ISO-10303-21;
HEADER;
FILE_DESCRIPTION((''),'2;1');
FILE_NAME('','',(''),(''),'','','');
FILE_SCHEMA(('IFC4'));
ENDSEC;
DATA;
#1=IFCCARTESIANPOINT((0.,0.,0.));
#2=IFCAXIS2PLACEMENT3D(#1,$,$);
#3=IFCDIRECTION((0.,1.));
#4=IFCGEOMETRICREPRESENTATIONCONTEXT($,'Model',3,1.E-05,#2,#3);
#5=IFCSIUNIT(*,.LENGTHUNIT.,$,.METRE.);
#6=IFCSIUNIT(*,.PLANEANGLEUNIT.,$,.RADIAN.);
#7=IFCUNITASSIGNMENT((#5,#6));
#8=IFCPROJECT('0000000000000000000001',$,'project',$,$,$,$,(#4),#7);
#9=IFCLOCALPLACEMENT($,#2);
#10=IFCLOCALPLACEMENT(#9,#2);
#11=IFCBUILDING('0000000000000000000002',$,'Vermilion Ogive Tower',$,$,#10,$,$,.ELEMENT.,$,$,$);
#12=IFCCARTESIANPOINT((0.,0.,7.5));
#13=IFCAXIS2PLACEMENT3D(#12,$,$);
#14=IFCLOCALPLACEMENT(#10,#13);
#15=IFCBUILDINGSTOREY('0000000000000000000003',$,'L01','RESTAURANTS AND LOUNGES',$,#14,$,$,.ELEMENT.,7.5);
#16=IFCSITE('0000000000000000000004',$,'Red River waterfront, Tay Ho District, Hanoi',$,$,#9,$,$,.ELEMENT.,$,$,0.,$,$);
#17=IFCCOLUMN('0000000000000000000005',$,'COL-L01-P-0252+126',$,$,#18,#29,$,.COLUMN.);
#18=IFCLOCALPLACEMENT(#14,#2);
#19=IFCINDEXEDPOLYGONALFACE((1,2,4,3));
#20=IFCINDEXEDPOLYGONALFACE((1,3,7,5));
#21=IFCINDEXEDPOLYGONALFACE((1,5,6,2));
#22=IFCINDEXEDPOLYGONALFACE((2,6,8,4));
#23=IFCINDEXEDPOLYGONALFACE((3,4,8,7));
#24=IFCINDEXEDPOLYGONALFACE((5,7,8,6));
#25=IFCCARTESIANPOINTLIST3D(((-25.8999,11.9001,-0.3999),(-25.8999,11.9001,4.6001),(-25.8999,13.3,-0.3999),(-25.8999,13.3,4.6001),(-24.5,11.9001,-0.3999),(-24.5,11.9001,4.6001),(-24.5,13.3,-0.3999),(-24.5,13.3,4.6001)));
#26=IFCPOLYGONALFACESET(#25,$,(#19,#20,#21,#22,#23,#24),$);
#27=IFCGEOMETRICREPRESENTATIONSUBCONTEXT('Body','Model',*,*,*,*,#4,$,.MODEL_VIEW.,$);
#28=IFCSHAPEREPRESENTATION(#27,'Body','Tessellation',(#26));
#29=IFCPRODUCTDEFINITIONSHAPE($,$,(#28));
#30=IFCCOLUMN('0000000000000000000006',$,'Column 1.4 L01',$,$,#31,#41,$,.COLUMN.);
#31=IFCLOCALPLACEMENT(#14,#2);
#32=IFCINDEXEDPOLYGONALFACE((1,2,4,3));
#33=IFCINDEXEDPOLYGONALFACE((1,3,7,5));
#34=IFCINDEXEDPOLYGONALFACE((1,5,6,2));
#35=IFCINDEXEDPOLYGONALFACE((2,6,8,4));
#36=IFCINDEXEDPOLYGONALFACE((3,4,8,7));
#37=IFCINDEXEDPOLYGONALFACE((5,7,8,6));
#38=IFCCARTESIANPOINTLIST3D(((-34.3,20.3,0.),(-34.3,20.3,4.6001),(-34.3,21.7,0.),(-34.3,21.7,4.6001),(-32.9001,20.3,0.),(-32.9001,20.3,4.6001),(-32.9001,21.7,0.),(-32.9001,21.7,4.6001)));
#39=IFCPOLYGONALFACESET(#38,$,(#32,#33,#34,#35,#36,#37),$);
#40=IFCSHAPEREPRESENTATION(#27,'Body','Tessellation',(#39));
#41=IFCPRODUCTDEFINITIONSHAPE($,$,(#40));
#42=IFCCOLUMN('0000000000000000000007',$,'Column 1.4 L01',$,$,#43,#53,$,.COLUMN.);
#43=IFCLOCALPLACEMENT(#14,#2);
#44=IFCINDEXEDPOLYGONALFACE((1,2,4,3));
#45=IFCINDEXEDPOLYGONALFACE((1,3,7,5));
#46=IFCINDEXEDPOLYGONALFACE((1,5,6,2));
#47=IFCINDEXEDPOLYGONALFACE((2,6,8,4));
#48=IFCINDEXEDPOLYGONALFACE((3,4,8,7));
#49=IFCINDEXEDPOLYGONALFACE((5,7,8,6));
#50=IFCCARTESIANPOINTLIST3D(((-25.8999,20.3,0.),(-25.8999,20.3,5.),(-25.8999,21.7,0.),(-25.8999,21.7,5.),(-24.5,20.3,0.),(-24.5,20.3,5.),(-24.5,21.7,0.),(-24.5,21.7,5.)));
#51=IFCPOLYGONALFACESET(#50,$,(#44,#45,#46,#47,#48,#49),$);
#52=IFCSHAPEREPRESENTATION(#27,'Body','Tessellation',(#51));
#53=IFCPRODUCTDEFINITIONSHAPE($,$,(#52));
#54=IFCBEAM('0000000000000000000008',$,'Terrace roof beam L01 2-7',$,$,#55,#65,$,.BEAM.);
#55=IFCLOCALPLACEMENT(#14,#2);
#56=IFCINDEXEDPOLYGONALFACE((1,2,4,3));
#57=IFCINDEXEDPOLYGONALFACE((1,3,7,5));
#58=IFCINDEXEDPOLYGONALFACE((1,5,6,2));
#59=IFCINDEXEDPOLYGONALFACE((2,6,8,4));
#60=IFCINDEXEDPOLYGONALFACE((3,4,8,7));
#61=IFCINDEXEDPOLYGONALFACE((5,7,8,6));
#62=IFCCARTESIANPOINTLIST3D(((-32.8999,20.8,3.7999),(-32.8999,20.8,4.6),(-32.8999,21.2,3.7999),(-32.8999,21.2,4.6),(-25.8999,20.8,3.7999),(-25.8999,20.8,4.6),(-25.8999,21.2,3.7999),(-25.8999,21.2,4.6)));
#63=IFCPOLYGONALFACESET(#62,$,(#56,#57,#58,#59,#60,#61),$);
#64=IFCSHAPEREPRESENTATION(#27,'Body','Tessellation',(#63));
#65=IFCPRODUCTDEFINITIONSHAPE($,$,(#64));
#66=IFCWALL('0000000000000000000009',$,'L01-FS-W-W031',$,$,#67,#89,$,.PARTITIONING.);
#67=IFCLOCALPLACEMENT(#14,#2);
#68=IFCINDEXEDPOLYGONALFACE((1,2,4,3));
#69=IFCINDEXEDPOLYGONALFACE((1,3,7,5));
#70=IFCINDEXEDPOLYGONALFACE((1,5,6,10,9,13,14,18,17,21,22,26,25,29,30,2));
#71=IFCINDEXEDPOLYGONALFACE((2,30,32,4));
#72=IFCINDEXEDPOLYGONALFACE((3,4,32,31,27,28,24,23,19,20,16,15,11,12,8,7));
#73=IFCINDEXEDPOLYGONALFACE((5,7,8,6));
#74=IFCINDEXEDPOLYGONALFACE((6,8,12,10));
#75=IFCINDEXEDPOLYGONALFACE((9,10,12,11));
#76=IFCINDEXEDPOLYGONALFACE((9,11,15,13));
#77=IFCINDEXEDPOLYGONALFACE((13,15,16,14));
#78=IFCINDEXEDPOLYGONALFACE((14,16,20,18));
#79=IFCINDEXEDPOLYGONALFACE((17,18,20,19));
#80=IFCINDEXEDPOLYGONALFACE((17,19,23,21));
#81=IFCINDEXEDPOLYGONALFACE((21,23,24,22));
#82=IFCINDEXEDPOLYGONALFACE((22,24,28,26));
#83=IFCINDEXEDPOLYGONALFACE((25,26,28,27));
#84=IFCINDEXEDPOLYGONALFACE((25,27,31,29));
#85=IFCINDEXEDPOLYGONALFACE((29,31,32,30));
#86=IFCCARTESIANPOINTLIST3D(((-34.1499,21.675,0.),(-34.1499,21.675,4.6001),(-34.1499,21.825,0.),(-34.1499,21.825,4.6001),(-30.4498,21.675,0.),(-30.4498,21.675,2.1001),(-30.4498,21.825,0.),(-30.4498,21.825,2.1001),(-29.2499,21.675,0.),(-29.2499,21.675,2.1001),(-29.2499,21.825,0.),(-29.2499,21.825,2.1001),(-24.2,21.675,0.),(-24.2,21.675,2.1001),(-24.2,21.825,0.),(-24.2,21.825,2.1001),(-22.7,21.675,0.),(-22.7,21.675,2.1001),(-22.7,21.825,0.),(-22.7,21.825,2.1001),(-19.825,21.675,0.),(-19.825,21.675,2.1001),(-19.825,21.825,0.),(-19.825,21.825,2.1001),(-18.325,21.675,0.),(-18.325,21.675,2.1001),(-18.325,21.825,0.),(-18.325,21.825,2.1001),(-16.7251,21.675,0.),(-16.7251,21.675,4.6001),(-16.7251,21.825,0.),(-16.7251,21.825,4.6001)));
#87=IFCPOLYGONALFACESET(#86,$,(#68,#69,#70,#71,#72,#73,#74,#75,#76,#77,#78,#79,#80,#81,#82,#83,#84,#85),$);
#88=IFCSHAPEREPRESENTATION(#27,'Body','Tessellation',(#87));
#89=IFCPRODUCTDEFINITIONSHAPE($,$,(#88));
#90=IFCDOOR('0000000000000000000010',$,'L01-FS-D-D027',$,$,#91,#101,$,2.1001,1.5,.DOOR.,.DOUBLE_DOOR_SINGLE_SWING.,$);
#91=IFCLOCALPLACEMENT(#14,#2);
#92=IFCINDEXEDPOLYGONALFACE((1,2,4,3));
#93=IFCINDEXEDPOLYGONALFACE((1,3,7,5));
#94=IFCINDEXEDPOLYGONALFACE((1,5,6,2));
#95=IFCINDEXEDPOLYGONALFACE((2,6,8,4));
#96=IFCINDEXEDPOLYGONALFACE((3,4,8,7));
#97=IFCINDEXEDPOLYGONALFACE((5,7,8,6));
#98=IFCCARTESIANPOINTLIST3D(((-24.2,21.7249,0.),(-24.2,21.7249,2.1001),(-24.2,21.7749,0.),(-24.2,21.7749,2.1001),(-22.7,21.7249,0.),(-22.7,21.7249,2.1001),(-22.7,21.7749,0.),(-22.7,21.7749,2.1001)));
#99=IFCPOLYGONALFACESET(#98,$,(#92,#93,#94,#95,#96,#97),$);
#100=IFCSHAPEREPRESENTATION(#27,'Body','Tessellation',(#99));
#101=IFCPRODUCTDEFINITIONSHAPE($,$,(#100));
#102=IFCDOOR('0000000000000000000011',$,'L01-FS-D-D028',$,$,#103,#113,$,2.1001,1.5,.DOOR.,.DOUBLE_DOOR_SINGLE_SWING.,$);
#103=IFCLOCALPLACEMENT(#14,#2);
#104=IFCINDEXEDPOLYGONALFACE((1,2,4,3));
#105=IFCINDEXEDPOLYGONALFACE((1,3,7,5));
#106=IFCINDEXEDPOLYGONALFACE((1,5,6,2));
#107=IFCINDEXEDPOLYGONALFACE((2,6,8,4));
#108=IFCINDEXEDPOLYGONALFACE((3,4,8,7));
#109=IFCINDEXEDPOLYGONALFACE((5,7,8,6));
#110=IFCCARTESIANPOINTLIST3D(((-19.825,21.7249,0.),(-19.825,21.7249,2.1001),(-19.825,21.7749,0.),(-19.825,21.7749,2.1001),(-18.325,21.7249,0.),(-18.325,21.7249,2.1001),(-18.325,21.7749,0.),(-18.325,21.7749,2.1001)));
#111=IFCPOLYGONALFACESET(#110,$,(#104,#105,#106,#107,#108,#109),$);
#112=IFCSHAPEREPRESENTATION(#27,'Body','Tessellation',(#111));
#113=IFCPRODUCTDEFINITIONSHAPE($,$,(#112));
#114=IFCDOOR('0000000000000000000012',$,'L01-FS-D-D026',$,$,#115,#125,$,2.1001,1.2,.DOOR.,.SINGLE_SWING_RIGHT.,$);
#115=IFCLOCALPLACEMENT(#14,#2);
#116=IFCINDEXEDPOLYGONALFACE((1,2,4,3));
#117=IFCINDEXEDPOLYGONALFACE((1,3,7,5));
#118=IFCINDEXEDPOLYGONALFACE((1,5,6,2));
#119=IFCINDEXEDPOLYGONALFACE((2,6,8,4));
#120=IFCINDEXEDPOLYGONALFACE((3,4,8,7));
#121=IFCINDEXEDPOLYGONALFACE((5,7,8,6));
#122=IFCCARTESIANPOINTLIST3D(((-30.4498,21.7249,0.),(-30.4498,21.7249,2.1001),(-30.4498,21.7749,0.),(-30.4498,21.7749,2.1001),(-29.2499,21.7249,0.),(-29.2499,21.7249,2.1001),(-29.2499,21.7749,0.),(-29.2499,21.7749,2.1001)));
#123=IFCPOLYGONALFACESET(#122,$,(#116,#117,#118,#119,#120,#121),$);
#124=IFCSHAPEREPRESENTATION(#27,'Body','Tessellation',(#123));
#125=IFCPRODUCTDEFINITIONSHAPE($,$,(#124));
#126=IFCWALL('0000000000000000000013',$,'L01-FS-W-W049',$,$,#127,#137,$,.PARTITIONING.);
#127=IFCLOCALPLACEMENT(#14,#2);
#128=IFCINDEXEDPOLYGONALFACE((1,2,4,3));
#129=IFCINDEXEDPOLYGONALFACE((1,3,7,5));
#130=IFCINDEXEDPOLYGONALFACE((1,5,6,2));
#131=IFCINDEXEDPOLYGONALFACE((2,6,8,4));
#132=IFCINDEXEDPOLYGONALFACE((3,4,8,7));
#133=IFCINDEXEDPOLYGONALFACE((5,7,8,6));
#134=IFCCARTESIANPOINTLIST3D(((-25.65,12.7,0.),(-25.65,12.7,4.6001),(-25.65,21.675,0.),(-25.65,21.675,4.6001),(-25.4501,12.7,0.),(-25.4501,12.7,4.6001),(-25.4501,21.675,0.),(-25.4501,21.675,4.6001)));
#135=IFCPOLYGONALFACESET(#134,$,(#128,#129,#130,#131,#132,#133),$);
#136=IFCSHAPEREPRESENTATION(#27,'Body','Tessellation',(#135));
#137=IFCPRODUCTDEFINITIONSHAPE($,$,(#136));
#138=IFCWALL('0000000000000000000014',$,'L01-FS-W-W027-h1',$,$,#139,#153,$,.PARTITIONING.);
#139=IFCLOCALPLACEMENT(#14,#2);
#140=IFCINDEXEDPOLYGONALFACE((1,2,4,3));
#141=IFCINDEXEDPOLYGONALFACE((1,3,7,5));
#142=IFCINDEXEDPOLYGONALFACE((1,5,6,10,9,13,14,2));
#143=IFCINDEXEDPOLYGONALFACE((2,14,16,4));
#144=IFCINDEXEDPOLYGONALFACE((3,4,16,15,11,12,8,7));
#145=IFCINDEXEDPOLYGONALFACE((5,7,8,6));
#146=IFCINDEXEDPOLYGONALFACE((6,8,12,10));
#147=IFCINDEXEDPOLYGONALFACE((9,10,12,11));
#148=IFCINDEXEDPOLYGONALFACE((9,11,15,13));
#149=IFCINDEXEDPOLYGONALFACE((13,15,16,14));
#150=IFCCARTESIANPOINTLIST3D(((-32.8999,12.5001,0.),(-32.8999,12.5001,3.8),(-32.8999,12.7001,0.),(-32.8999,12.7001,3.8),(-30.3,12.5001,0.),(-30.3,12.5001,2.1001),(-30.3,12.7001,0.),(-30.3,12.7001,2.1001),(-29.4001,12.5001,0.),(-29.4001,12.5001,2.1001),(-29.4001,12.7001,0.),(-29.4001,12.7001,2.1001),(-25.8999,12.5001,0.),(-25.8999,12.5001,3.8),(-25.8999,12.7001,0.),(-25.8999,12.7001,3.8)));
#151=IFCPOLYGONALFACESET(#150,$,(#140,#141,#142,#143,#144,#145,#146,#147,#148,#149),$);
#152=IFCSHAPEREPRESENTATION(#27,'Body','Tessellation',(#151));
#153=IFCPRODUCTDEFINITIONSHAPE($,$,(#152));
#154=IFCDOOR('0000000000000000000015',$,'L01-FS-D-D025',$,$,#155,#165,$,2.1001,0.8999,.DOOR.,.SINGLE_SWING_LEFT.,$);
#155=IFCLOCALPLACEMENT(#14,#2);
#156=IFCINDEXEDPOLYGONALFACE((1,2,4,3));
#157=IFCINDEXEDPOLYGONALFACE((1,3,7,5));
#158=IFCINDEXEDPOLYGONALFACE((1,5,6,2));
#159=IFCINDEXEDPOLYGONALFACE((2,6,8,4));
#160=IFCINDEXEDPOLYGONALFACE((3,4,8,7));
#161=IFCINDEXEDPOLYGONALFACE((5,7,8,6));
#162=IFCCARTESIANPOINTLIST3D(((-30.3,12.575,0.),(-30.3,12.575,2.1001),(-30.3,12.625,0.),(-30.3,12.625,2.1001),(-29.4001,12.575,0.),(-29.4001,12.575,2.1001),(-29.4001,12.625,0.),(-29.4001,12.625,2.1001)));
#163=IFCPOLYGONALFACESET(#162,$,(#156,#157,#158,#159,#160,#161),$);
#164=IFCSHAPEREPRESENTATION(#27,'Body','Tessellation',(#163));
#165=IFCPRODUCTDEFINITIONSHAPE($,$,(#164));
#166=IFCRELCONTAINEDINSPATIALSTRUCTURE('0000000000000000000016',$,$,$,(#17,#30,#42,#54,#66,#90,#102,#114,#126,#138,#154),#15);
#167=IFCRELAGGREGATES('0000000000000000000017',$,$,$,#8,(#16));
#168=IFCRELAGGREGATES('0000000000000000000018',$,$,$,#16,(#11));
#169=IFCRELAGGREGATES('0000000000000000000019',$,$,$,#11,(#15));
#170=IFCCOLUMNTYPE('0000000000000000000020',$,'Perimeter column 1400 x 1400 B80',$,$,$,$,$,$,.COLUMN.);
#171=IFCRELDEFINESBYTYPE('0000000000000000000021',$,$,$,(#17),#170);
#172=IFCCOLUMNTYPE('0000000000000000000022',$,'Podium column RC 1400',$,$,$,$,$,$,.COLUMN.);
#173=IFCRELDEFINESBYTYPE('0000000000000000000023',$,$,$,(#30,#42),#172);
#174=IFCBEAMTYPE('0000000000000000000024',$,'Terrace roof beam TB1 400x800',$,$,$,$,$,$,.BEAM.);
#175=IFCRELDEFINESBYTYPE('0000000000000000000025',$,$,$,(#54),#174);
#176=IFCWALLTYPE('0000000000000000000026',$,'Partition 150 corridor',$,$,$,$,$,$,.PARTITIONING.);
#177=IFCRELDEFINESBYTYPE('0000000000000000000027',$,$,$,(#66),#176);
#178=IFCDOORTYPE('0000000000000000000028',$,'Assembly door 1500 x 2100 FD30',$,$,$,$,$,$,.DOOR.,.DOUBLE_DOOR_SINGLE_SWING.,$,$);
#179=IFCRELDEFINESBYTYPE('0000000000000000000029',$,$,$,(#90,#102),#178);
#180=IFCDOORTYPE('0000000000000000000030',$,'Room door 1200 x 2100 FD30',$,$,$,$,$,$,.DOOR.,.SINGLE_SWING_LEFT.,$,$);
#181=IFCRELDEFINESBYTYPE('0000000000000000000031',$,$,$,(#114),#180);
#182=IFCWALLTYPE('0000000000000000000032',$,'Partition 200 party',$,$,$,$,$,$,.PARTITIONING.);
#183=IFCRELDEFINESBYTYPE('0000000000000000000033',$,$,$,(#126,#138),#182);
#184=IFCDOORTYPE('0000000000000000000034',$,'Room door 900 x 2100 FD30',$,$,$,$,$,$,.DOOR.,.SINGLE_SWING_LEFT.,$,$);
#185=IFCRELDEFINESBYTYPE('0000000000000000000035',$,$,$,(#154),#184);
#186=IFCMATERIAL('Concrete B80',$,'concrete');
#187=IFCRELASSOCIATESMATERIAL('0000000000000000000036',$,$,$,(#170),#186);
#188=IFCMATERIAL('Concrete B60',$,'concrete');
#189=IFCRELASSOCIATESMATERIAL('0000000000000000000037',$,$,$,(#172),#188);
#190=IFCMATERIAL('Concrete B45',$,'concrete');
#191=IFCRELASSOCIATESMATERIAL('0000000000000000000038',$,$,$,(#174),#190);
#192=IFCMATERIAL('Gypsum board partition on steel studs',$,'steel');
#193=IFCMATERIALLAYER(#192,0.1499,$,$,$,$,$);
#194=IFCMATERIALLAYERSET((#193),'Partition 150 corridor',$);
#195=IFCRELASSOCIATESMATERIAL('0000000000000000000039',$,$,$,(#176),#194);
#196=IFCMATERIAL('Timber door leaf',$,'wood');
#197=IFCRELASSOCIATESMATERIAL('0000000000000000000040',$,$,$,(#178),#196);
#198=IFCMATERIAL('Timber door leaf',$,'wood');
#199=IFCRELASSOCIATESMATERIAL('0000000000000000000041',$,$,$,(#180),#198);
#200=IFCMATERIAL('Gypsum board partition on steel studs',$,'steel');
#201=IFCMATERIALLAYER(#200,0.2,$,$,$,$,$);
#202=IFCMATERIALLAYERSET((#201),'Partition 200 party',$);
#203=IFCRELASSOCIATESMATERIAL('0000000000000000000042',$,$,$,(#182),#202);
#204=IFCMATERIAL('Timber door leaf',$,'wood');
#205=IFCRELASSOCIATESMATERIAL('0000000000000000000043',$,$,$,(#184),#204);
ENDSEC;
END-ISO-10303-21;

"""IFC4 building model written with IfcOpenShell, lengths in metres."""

from ifc_helpers import new_model, si_unit, direction, frame, frame_2d, origin, origin_2d, place, context, subcontext, project, spatial, rectangle, extrude, material, layer, layer_set, material_profile, profile_set, type_object, element, fill, save


model = new_model("IFC4")

# Units and contexts
model_context = context("Model", 3, precision=1e-05, world=origin(), true_north=direction((0.0, 1.0)))
body_context = subcontext(model_context, "Body", "Model", "MODEL_VIEW")
ifc_project = project(units=[si_unit("LENGTHUNIT", "METRE"), si_unit("PLANEANGLEUNIT", "RADIAN")], contexts=[model_context])

# Site, building, storey
site_placement = place(None, origin())
site = spatial("IfcSite", under=ifc_project, at=site_placement, Name="Red River waterfront, Tay Ho District, Hanoi", CompositionType="ELEMENT", RefElevation=0.0)
building_placement = place(site_placement, origin())
building = spatial("IfcBuilding", under=site, at=building_placement, Name="Vermilion Ogive Tower", CompositionType="ELEMENT")
storey_placement = place(building_placement, frame((0.0, 0.0, 7.5)))
storey = spatial("IfcBuildingStorey", under=building, at=storey_placement, Name="L01", Description="RESTAURANTS AND LOUNGES", CompositionType="ELEMENT", Elevation=7.5)

# Columns
ifc_material_1 = material(Name="Concrete B80", Category="concrete")
ifc_material_profile_1 = material_profile(ifc_material_1, rectangle(XDim=1.3999, YDim=1.3999, at=origin_2d()), Name="1400 x 1400")
ifc_profile_set_1 = profile_set([ifc_material_profile_1], Name="Concrete B80")
column_type_1 = type_object("IfcColumnType", Name="Perimeter column 1400 x 1400 B80", PredefinedType="COLUMN", material=ifc_profile_set_1)
column_1_placement = place(storey_placement, frame((-25.2, 12.6001, -0.3999), z_axis=(0.0, 0.0, 1.0), x_axis=(1.0, 0.0, 0.0)))
element("IfcColumn", 1, at=column_1_placement, inside=storey, type_object=column_type_1, Name="COL-L01-P-0252+126", PredefinedType="COLUMN", context=body_context, shape_type="SweptSolid", body=[
    extrude(rectangle(XDim=1.3999, YDim=1.3999, at=origin_2d()), origin(), (0.0, 0.0, 1.0), 5.0),
])
ifc_material_2 = material(Name="Concrete B60", Category="concrete")
ifc_material_profile_2 = material_profile(ifc_material_2, rectangle(XDim=1.3999, YDim=1.3999, at=origin_2d()), Name="RC 1400x1400")
ifc_profile_set_2 = profile_set([ifc_material_profile_2], Name="Concrete B60")
column_type_2 = type_object("IfcColumnType", Name="Podium column RC 1400", PredefinedType="COLUMN", material=ifc_profile_set_2)
column_2_placement = place(storey_placement, frame((-33.6001, 21.0, 0.0), z_axis=(0.0, 0.0, 1.0), x_axis=(1.0, 0.0, 0.0)))
element("IfcColumn", 2, at=column_2_placement, inside=storey, type_object=column_type_2, Name="Column 1.4 L01", PredefinedType="COLUMN", context=body_context, shape_type="SweptSolid", body=[
    extrude(rectangle(XDim=1.3999, YDim=1.3999, at=origin_2d()), origin(), (0.0, 0.0, 1.0), 4.6001),
])
column_3_placement = place(storey_placement, frame((-25.2, 21.0, 0.0), z_axis=(0.0, 0.0, 1.0), x_axis=(1.0, 0.0, 0.0)))
element("IfcColumn", 3, at=column_3_placement, inside=storey, type_object=column_type_2, Name="Column 1.4 L01", PredefinedType="COLUMN", context=body_context, shape_type="SweptSolid", body=[
    extrude(rectangle(XDim=1.3999, YDim=1.3999, at=origin_2d()), origin(), (0.0, 0.0, 1.0), 5.0),
])

# Beam
ifc_material_3 = material(Name="Concrete B45", Category="concrete")
ifc_material_profile_3 = material_profile(ifc_material_3, rectangle(XDim=0.3999, YDim=0.8, at=origin_2d()), Name="RC 400x800")
ifc_profile_set_3 = profile_set([ifc_material_profile_3], Name="Concrete B45")
beam_type = type_object("IfcBeamType", Name="Terrace roof beam TB1 400x800", PredefinedType="BEAM", material=ifc_profile_set_3)
beam_placement = place(storey_placement, frame((-32.8999, 21.0, 4.2), z_axis=(1.0, 0.0, 0.0), x_axis=(0.0, 1.0, 0.0)))
element("IfcBeam", 4, at=beam_placement, inside=storey, type_object=beam_type, Name="Terrace roof beam L01 2-7", PredefinedType="BEAM", context=body_context, shape_type="SweptSolid", body=[
    extrude(rectangle(XDim=0.3999, YDim=0.8, at=origin_2d()), origin(), (0.0, 0.0, 1.0), 7.0),
])

# Wall, openings, doors
ifc_material_4 = material(Name="Gypsum board partition on steel studs", Category="steel")
ifc_layer_1 = layer(ifc_material_4, 0.1499)
ifc_layer_set_1 = layer_set([ifc_layer_1], Name="Partition 150 corridor")
wall_type_1 = type_object("IfcWallType", Name="Partition 150 corridor", PredefinedType="PARTITIONING", material=ifc_layer_set_1)
wall_1_placement = place(storey_placement, frame((-34.1499, 21.75, 0.0), z_axis=(0.0, 0.0, 1.0), x_axis=(1.0, 0.0, 0.0)))
wall_1 = element("IfcWall", 5, at=wall_1_placement, inside=storey, type_object=wall_type_1, Name="L01-FS-W-W031", PredefinedType="PARTITIONING", context=body_context, shape_type="SweptSolid", body=[
    extrude(rectangle(XDim=17.4248, YDim=0.1499, at=frame_2d((8.7124, 0.0))), origin(), (0.0, 0.0, 1.0), 4.6001),
])
opening_1_placement = place(wall_1_placement, frame((3.7, 0.0, 0.0)))
opening_1 = element("IfcOpeningElement", 6, at=opening_1_placement, cuts=wall_1, PredefinedType="OPENING", context=body_context, shape_type="SweptSolid", body=[
    extrude(rectangle(XDim=1.2, YDim=2.1001, at=frame_2d((0.6001, 1.05))), frame((0.0, 0.085, 0.0), z_axis=(0.0, -1.0, 0.0), x_axis=(1.0, 0.0, 0.0)), (0.0, 0.0, 1.0), 0.1699),
])
opening_2_placement = place(wall_1_placement, frame((9.95, 0.0, 0.0)))
opening_2 = element("IfcOpeningElement", 7, at=opening_2_placement, cuts=wall_1, PredefinedType="OPENING", context=body_context, shape_type="SweptSolid", body=[
    extrude(rectangle(XDim=1.5, YDim=2.1001, at=frame_2d((0.75, 1.05))), frame((0.0, 0.085, 0.0), z_axis=(0.0, -1.0, 0.0), x_axis=(1.0, 0.0, 0.0)), (0.0, 0.0, 1.0), 0.1699),
])
opening_3_placement = place(wall_1_placement, frame((14.325, 0.0, 0.0)))
opening_3 = element("IfcOpeningElement", 8, at=opening_3_placement, cuts=wall_1, PredefinedType="OPENING", context=body_context, shape_type="SweptSolid", body=[
    extrude(rectangle(XDim=1.5, YDim=2.1001, at=frame_2d((0.75, 1.05))), frame((0.0, 0.085, 0.0), z_axis=(0.0, -1.0, 0.0), x_axis=(1.0, 0.0, 0.0)), (0.0, 0.0, 1.0), 0.1699),
])
ifc_material_5 = material(Name="Timber door leaf", Category="wood")
door_type_1 = type_object("IfcDoorType", Name="Assembly door 1500 x 2100 FD30", OperationType="DOUBLE_DOOR_SINGLE_SWING", PredefinedType="DOOR", material=ifc_material_5)
door_1_placement = place(opening_2_placement, origin())
door_1 = element("IfcDoor", 9, at=door_1_placement, inside=storey, type_object=door_type_1, Name="L01-FS-D-D027", OperationType="DOUBLE_DOOR_SINGLE_SWING", OverallHeight=2.1001, OverallWidth=1.5, PredefinedType="DOOR", context=body_context, shape_type="SweptSolid", body=[
    extrude(rectangle(XDim=1.5, YDim=2.1001, at=frame_2d((0.75, 1.05))), frame((0.0, 0.0249, 0.0), z_axis=(0.0, -1.0, 0.0), x_axis=(1.0, 0.0, 0.0)), (0.0, 0.0, 1.0), 0.05),
])
fill(opening_2, door_1)
door_2_placement = place(opening_3_placement, origin())
door_2 = element("IfcDoor", 10, at=door_2_placement, inside=storey, type_object=door_type_1, Name="L01-FS-D-D028", OperationType="DOUBLE_DOOR_SINGLE_SWING", OverallHeight=2.1001, OverallWidth=1.5, PredefinedType="DOOR", context=body_context, shape_type="SweptSolid", body=[
    extrude(rectangle(XDim=1.5, YDim=2.1001, at=frame_2d((0.75, 1.05))), frame((0.0, 0.0249, 0.0), z_axis=(0.0, -1.0, 0.0), x_axis=(1.0, 0.0, 0.0)), (0.0, 0.0, 1.0), 0.05),
])
fill(opening_3, door_2)
ifc_material_6 = material(Name="Timber door leaf", Category="wood")
door_type_2 = type_object("IfcDoorType", Name="Room door 1200 x 2100 FD30", OperationType="SINGLE_SWING_LEFT", PredefinedType="DOOR", material=ifc_material_6)
door_3_placement = place(opening_1_placement, origin())
door_3 = element("IfcDoor", 11, at=door_3_placement, inside=storey, type_object=door_type_2, Name="L01-FS-D-D026", OperationType="SINGLE_SWING_RIGHT", OverallHeight=2.1001, OverallWidth=1.2, PredefinedType="DOOR", context=body_context, shape_type="SweptSolid", body=[
    extrude(rectangle(XDim=1.2, YDim=2.1001, at=frame_2d((0.6001, 1.05))), frame((0.0, 0.0249, 0.0), z_axis=(0.0, -1.0, 0.0), x_axis=(1.0, 0.0, 0.0)), (0.0, 0.0, 1.0), 0.05),
])
fill(opening_1, door_3)

# Wall
ifc_material_7 = material(Name="Gypsum board partition on steel studs", Category="steel")
ifc_layer_2 = layer(ifc_material_7, 0.2)
ifc_layer_set_2 = layer_set([ifc_layer_2], Name="Partition 200 party")
wall_type_2 = type_object("IfcWallType", Name="Partition 200 party", PredefinedType="PARTITIONING", material=ifc_layer_set_2)
wall_2_placement = place(storey_placement, frame((-25.55, 12.7, 0.0), z_axis=(0.0, 0.0, 1.0), x_axis=(0.0, 1.0, 0.0)))
element("IfcWall", 12, at=wall_2_placement, inside=storey, type_object=wall_type_2, Name="L01-FS-W-W049", PredefinedType="PARTITIONING", context=body_context, shape_type="SweptSolid", body=[
    extrude(rectangle(XDim=8.9751, YDim=0.2, at=frame_2d((4.4875, 0.0))), origin(), (0.0, 0.0, 1.0), 4.6001),
])

# Wall, opening, door
wall_3_placement = place(storey_placement, frame((-32.8999, 12.6001, 0.0), z_axis=(0.0, 0.0, 1.0), x_axis=(1.0, 0.0, 0.0)))
wall_3 = element("IfcWall", 13, at=wall_3_placement, inside=storey, type_object=wall_type_2, Name="L01-FS-W-W027-h1", PredefinedType="PARTITIONING", context=body_context, shape_type="SweptSolid", body=[
    extrude(rectangle(XDim=7.0, YDim=0.2, at=frame_2d((3.5, 0.0))), origin(), (0.0, 0.0, 1.0), 3.8),
])
opening_4_placement = place(wall_3_placement, frame((2.5999, 0.0, 0.0)))
opening_4 = element("IfcOpeningElement", 14, at=opening_4_placement, cuts=wall_3, PredefinedType="OPENING", context=body_context, shape_type="SweptSolid", body=[
    extrude(rectangle(XDim=0.8999, YDim=2.1001, at=frame_2d((0.45, 1.05))), frame((0.0, 0.1099, 0.0), z_axis=(0.0, -1.0, 0.0), x_axis=(1.0, 0.0, 0.0)), (0.0, 0.0, 1.0), 0.22),
])
ifc_material_8 = material(Name="Timber door leaf", Category="wood")
door_type_3 = type_object("IfcDoorType", Name="Room door 900 x 2100 FD30", OperationType="SINGLE_SWING_LEFT", PredefinedType="DOOR", material=ifc_material_8)
door_4_placement = place(opening_4_placement, origin())
door_4 = element("IfcDoor", 15, at=door_4_placement, inside=storey, type_object=door_type_3, Name="L01-FS-D-D025", OperationType="SINGLE_SWING_LEFT", OverallHeight=2.1001, OverallWidth=0.8999, PredefinedType="DOOR", context=body_context, shape_type="SweptSolid", body=[
    extrude(rectangle(XDim=0.8999, YDim=2.1001, at=frame_2d((0.45, 1.05))), frame((0.0, 0.0249, 0.0), z_axis=(0.0, -1.0, 0.0), x_axis=(1.0, 0.0, 0.0)), (0.0, 0.0, 1.0), 0.05),
])
fill(opening_4, door_4)

save(model, "model.ifc")
